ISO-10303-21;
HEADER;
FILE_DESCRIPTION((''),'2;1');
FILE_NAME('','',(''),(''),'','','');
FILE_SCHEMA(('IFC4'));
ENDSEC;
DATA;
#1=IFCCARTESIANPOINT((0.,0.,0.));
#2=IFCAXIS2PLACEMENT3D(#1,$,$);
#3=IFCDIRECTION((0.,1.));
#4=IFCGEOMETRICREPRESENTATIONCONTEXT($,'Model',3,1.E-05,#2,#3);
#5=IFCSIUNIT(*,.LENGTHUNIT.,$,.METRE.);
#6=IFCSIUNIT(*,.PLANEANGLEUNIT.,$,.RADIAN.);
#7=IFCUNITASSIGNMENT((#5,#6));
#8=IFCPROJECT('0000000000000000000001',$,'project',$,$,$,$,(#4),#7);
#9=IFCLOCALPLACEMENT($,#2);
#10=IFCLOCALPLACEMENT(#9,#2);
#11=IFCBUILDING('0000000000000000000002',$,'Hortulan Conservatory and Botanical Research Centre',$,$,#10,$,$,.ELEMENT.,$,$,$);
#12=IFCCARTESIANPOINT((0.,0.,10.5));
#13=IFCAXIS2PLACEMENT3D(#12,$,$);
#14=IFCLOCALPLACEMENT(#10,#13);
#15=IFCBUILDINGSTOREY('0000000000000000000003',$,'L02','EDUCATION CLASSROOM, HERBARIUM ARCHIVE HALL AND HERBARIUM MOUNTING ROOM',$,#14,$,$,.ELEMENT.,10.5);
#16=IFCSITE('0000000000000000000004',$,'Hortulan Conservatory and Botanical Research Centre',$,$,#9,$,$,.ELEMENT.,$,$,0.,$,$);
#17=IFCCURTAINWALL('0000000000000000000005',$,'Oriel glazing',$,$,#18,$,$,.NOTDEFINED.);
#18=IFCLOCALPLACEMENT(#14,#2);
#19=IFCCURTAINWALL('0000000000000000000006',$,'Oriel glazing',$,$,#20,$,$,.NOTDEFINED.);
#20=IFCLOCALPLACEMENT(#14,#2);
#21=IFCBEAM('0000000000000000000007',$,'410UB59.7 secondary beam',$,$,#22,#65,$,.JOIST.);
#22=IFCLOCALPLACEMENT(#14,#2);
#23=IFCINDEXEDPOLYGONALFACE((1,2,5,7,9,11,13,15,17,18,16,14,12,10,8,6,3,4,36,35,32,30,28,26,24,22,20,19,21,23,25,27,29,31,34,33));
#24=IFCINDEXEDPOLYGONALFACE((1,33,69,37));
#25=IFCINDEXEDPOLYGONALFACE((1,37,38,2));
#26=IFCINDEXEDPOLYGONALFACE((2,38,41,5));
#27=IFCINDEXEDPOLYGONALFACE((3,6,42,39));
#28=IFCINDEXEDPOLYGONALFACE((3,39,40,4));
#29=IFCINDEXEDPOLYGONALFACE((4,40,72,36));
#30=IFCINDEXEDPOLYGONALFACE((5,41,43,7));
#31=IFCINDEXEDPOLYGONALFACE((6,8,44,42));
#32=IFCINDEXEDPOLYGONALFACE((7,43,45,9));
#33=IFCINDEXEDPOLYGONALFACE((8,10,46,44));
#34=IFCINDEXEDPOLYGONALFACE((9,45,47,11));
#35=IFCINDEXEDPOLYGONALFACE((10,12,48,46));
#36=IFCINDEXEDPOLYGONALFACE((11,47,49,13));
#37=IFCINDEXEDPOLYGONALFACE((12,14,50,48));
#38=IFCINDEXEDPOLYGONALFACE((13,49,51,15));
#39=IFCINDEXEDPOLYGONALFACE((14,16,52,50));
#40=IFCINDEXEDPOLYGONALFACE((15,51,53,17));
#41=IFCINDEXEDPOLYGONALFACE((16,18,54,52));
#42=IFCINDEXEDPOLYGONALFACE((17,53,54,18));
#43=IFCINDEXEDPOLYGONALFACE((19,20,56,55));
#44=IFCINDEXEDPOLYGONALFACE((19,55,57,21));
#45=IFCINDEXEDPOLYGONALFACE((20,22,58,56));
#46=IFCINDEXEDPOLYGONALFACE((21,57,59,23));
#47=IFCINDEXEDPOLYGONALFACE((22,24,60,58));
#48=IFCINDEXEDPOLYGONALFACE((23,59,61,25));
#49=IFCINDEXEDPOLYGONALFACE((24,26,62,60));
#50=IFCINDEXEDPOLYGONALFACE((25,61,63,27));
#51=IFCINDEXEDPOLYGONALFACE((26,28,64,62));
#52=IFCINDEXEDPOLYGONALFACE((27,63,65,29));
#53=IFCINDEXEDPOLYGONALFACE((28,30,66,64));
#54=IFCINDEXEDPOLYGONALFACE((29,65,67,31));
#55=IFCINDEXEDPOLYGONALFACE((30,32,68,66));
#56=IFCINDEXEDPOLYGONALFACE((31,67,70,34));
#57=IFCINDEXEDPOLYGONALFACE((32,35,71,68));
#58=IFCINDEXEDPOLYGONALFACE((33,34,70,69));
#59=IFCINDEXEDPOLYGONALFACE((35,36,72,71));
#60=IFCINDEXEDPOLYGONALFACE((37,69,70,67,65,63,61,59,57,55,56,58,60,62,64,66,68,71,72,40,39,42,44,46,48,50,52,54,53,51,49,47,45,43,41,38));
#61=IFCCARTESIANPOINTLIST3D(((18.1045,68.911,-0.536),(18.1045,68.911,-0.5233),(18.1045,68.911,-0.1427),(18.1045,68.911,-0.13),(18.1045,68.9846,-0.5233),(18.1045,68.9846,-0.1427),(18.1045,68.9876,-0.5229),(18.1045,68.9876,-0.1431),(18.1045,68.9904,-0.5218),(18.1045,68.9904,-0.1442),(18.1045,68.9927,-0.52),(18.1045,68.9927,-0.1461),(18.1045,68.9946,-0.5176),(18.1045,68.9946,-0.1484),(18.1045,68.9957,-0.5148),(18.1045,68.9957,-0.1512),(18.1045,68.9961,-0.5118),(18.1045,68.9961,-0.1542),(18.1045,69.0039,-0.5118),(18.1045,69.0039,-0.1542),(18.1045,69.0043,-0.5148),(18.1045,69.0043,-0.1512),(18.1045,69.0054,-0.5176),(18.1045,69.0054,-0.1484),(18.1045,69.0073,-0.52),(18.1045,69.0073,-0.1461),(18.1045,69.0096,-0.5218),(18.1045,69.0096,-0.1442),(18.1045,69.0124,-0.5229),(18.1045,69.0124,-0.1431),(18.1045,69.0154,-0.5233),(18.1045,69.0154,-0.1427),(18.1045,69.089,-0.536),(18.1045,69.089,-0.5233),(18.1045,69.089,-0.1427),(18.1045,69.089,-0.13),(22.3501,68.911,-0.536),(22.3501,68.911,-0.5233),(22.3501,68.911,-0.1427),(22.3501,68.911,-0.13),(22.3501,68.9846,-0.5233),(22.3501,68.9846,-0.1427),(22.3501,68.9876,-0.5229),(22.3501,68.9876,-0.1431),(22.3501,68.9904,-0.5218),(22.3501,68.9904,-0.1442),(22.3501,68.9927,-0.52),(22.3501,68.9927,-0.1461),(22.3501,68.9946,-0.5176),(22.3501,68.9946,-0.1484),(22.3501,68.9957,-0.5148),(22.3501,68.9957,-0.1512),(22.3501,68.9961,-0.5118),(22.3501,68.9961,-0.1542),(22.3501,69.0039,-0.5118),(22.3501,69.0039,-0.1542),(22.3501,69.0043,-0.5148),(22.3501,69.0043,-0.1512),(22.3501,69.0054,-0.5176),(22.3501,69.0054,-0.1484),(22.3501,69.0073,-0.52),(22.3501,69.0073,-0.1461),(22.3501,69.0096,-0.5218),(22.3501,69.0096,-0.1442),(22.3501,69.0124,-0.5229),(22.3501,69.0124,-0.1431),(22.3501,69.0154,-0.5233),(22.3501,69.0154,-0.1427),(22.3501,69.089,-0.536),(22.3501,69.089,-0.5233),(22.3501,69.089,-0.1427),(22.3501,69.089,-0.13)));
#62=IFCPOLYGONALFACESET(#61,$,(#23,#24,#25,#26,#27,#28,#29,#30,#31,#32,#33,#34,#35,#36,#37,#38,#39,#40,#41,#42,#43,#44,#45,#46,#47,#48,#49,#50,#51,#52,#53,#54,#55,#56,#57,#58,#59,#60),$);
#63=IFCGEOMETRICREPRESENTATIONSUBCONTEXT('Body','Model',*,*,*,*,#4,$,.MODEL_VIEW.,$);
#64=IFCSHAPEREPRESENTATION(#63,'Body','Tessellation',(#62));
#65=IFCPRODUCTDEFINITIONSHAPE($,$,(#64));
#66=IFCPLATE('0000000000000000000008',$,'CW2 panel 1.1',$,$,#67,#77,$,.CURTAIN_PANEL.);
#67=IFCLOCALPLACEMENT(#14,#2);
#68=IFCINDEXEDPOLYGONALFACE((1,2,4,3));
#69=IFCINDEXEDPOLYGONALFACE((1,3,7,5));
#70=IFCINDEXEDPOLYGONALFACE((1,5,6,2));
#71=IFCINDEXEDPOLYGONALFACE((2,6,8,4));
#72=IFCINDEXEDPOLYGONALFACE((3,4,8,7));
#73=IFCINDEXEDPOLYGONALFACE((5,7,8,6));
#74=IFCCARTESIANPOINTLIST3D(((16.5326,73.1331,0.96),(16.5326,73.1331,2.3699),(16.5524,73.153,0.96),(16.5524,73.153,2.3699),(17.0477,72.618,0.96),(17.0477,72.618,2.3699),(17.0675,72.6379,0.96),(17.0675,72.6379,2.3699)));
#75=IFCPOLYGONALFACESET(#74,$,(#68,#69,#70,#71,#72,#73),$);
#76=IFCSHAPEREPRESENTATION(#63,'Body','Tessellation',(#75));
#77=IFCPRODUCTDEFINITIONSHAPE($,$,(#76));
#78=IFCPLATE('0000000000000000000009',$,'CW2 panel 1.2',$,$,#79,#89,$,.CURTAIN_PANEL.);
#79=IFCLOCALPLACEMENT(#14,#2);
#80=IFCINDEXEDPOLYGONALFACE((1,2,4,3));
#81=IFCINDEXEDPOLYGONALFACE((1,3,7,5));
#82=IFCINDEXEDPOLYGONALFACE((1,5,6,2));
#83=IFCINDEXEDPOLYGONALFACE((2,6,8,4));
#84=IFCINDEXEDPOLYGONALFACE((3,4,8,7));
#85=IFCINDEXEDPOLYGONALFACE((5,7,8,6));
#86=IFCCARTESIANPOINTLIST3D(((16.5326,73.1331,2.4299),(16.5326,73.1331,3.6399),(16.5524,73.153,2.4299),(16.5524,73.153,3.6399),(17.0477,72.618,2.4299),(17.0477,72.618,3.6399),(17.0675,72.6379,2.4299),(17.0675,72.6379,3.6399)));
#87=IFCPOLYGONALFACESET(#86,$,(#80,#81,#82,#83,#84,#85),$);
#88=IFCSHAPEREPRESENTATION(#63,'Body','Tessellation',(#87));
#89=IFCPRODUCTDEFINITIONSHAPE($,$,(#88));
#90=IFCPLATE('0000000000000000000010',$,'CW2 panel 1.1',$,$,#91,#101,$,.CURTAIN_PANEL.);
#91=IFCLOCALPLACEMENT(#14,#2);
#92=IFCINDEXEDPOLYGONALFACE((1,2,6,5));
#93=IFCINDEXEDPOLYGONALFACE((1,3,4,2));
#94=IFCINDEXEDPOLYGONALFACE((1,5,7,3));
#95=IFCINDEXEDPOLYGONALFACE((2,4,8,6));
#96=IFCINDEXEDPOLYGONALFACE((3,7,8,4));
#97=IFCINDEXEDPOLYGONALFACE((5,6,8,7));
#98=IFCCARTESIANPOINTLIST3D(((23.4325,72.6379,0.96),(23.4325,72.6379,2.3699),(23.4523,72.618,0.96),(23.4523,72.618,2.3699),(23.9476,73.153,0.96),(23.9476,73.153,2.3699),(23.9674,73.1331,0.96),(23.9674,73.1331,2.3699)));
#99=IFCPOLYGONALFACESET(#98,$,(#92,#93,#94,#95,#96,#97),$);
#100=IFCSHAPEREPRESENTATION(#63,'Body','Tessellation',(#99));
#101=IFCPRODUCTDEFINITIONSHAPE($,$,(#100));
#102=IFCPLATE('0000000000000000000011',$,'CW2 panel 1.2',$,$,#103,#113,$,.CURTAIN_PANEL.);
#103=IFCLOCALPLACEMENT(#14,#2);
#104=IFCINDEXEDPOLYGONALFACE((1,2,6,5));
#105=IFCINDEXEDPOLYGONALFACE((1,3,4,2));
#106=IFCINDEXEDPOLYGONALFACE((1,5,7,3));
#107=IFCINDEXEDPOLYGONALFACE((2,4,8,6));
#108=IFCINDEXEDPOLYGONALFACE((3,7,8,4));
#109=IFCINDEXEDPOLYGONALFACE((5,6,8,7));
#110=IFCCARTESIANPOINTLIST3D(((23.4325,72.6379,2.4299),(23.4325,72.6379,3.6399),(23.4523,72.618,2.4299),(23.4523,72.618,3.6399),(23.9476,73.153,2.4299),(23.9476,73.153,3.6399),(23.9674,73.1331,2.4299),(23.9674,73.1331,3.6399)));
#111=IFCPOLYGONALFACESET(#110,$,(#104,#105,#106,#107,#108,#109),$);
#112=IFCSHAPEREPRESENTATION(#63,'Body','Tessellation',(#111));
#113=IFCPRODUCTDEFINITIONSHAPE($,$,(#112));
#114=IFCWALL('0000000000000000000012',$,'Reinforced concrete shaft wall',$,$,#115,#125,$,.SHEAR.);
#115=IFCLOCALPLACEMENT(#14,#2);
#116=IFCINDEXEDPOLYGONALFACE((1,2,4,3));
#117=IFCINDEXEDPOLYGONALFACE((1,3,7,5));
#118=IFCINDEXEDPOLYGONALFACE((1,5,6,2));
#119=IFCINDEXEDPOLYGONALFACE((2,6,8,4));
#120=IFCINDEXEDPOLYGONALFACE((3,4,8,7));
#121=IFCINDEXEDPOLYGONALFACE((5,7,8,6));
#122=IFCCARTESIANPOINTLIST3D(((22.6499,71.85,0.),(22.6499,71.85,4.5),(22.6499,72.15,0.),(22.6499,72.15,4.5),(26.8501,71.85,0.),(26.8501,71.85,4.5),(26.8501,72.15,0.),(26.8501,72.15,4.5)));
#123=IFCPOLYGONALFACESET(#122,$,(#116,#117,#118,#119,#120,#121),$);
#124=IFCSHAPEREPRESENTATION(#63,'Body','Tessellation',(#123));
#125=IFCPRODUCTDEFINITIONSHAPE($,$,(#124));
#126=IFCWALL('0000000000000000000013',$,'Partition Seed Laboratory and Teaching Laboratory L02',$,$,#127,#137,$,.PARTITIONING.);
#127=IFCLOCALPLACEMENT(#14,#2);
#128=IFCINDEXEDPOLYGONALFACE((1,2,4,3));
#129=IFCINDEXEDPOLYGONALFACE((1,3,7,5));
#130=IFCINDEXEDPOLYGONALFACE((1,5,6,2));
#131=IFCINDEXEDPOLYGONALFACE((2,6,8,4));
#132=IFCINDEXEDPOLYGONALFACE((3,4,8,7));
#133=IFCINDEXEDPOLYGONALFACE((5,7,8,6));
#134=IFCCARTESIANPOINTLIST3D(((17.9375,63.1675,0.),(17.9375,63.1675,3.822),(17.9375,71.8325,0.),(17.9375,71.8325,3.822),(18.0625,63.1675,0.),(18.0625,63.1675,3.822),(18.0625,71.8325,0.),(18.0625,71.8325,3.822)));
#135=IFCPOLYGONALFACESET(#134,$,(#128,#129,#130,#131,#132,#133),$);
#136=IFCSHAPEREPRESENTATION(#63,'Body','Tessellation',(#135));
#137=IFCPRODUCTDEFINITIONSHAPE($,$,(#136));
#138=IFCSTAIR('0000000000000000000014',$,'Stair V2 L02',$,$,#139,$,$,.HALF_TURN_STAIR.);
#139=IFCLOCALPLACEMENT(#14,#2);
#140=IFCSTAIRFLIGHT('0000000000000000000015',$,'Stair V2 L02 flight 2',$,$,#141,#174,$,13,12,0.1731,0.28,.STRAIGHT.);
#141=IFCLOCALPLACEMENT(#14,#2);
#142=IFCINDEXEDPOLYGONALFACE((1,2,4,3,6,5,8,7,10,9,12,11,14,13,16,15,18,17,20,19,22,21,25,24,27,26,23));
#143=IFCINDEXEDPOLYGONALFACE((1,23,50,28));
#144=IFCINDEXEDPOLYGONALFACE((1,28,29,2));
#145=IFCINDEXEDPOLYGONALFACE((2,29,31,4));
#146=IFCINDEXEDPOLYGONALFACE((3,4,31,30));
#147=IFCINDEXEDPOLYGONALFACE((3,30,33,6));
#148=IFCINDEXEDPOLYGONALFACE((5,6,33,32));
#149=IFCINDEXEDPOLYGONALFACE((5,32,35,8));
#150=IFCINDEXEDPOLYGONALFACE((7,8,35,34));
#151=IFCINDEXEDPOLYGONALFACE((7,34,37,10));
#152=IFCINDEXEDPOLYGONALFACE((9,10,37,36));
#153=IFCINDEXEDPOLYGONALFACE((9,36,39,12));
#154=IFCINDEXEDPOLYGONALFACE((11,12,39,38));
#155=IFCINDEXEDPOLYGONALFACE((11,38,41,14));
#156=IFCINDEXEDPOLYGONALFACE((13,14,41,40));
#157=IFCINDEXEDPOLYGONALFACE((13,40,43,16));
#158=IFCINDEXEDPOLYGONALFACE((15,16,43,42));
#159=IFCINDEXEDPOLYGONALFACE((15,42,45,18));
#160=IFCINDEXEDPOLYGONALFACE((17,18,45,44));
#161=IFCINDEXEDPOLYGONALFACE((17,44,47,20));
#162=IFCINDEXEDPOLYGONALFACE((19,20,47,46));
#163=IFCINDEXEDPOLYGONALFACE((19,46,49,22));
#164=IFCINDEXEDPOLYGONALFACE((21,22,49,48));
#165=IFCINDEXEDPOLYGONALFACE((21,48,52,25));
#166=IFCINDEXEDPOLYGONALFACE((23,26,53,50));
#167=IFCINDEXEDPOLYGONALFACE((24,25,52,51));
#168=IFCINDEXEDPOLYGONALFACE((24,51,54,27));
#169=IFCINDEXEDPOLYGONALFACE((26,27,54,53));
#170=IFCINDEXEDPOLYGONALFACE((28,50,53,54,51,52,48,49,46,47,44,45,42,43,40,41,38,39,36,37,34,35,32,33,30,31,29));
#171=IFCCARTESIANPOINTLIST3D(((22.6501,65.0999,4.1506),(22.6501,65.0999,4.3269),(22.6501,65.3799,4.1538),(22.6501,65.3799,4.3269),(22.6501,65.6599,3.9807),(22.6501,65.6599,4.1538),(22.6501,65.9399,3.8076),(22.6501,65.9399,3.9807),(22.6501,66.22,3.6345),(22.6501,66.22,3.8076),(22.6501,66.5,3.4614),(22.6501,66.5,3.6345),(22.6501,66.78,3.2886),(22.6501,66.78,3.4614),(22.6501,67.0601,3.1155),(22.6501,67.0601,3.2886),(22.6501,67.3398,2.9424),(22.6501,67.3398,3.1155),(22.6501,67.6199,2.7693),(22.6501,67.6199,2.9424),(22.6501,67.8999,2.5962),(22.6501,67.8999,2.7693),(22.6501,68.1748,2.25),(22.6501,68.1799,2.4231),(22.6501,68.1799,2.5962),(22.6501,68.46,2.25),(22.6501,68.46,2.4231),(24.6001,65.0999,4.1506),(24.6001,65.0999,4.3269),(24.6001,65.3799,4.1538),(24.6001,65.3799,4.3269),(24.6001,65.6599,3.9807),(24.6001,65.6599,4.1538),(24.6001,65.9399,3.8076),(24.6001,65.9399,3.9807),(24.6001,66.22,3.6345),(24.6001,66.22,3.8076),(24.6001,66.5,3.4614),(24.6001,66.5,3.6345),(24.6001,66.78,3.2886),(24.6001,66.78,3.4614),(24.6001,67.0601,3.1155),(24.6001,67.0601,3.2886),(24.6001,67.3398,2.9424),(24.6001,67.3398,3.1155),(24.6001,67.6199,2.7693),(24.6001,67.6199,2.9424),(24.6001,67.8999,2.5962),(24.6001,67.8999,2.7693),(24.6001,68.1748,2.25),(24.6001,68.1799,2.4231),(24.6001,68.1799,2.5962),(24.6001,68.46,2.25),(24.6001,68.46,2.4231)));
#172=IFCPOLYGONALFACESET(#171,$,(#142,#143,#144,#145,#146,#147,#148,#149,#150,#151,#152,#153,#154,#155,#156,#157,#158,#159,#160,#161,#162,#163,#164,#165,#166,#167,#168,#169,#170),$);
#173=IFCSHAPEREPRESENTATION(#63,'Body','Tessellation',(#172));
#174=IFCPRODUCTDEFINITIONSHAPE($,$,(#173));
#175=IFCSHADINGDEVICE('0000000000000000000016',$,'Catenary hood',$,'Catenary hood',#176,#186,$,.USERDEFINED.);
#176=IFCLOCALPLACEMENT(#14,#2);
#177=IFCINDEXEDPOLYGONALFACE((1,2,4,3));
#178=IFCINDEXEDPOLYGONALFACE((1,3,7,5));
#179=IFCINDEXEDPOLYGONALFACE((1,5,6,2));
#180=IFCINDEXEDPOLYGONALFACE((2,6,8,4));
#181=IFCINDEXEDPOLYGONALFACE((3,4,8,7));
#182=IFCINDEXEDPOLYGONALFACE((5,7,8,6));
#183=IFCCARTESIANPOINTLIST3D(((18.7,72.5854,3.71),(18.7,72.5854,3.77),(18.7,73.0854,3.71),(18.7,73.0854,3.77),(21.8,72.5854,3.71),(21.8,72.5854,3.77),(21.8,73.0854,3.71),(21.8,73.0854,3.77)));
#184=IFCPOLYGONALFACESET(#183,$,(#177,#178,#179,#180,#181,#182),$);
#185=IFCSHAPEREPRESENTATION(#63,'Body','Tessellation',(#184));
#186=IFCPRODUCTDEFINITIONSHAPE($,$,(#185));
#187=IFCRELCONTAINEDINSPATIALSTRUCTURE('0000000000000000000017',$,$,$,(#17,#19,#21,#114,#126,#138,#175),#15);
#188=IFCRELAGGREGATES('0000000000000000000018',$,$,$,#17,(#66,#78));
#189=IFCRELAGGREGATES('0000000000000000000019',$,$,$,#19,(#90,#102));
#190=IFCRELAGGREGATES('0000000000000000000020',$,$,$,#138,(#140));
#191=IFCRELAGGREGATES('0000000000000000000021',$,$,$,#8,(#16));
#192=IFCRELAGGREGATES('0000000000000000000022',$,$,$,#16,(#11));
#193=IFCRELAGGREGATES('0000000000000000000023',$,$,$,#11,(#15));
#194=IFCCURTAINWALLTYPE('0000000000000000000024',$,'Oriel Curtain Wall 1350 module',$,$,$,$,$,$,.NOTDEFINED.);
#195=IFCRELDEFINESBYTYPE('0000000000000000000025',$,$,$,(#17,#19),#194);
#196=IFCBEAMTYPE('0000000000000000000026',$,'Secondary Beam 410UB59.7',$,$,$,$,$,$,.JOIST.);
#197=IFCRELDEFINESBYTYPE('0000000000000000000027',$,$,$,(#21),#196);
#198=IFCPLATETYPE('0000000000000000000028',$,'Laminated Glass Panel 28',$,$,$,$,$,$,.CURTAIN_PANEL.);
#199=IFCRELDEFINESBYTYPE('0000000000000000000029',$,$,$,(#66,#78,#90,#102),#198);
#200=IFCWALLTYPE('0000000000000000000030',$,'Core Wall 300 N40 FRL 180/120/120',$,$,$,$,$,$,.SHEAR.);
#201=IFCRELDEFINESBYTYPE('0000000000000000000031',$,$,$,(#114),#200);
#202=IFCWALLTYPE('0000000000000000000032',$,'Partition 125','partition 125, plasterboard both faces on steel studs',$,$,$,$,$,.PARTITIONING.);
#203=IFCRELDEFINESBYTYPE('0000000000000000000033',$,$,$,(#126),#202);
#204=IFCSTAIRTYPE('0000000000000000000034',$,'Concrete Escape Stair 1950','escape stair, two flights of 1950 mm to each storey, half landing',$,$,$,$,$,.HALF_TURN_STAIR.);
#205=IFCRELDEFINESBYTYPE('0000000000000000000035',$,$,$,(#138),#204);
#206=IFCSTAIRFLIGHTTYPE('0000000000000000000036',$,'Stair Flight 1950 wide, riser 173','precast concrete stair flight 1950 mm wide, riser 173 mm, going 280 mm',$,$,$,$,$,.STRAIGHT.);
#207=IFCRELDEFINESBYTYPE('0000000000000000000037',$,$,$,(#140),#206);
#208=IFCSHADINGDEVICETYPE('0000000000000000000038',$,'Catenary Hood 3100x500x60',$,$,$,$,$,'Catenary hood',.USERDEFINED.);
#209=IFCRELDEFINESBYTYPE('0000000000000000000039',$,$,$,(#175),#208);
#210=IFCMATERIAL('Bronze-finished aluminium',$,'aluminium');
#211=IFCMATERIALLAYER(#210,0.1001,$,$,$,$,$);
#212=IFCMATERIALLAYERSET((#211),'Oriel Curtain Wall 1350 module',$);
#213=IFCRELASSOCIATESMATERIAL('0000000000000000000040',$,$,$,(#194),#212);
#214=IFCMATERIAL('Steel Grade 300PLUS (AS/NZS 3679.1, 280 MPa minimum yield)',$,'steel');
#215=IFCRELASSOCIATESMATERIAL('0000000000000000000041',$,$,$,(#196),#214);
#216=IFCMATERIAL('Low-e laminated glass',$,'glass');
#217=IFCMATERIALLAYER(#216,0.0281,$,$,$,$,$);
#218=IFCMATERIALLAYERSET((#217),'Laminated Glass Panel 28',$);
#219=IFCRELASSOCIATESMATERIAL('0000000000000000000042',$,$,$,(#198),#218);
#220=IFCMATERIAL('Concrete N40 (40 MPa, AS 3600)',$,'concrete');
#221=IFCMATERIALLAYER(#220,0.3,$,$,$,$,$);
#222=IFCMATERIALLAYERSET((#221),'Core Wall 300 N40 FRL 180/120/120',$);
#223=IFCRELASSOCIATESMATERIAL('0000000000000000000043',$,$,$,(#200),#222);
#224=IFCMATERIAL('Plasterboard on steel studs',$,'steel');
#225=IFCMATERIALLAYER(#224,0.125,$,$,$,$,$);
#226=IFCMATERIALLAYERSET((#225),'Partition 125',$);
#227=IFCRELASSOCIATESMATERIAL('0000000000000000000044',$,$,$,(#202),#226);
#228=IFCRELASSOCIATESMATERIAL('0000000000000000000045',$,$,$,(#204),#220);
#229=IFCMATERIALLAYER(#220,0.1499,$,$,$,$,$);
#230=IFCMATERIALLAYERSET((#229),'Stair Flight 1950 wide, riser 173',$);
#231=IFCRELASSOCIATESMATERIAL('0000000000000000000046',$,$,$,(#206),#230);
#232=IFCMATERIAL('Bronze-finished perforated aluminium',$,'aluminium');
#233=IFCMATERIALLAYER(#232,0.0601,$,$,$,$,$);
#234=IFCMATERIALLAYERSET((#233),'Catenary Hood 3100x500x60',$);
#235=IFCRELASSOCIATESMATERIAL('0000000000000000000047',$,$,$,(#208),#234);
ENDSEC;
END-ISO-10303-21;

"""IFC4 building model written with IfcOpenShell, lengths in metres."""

from ifc_helpers import new_model, si_unit, direction, frame, frame_2d, origin, origin_2d, place, context, subcontext, project, spatial, polyline, rectangle, i_section, outline, extrude, material, layer, layer_set, material_profile, profile_set, type_object, element, aggregate, save


model = new_model("IFC4")

# Units and contexts
model_context = context("Model", 3, precision=1e-05, world=origin(), true_north=direction((0.0, 1.0)))
body_context = subcontext(model_context, "Body", "Model", "MODEL_VIEW")
ifc_project = project(units=[si_unit("LENGTHUNIT", "METRE"), si_unit("PLANEANGLEUNIT", "RADIAN")], contexts=[model_context])

# Site, building, storey
site_placement = place(None, origin())
site = spatial("IfcSite", under=ifc_project, at=site_placement, Name="Hortulan Conservatory and Botanical Research Centre", CompositionType="ELEMENT", RefElevation=0.0)
building_placement = place(site_placement, origin())
building = spatial("IfcBuilding", under=site, at=building_placement, Name="Hortulan Conservatory and Botanical Research Centre", CompositionType="ELEMENT")
storey_placement = place(building_placement, frame((0.0, 0.0, 10.5)))
storey = spatial("IfcBuildingStorey", under=building, at=storey_placement, Name="L02", Description="EDUCATION CLASSROOM, HERBARIUM ARCHIVE HALL AND HERBARIUM MOUNTING ROOM", CompositionType="ELEMENT", Elevation=10.5)

# Shared definitions
ifc_material_1 = material(Name="Steel Grade 300PLUS (AS/NZS 3679.1, 280 MPa minimum yield)", Category="steel")

# Curtain walls
ifc_material_2 = material(Name="Bronze-finished aluminium", Category="aluminium")
ifc_layer_1 = layer(ifc_material_2, 0.1001)
ifc_layer_set_1 = layer_set([ifc_layer_1], Name="Oriel Curtain Wall 1350 module")
curtain_wall_type = type_object("IfcCurtainWallType", Name="Oriel Curtain Wall 1350 module", PredefinedType="NOTDEFINED", material=ifc_layer_set_1)
curtain_wall_1_placement = place(storey_placement, origin())
curtain_wall_1 = element("IfcCurtainWall", 1, at=curtain_wall_1_placement, inside=storey, type_object=curtain_wall_type, Name="Oriel glazing", PredefinedType="NOTDEFINED")
curtain_wall_2_placement = place(storey_placement, origin())
curtain_wall_2 = element("IfcCurtainWall", 2, at=curtain_wall_2_placement, inside=storey, type_object=curtain_wall_type, Name="Oriel glazing", PredefinedType="NOTDEFINED")

# Beam
ifc_material_profile_1 = material_profile(ifc_material_1, i_section(OverallWidth=0.178, OverallDepth=0.406, WebThickness=0.0078, FlangeThickness=0.0127, FilletRadius=0.0115, at=origin_2d()), Name="410UB59.7")
ifc_profile_set_1 = profile_set([ifc_material_profile_1], Name="Steel Grade 300PLUS (AS/NZS 3679.1, 280 MPa minimum yield)")
beam_type_1 = type_object("IfcBeamType", Name="Secondary Beam 410UB59.7", PredefinedType="JOIST", material=ifc_profile_set_1)
for number, where, z_axis, x_axis, name in (
    (3, (18.1045, 69.0, -0.333), (1.0, 0.0, 0.0), (0.0, 1.0, 0.0), "410UB59.7 secondary beam"),
):
    element("IfcBeam", number, at=place(storey_placement, frame(where, z_axis=z_axis, x_axis=x_axis)), inside=storey, type_object=beam_type_1, Name=name, PredefinedType="JOIST", context=body_context, shape_type="SweptSolid", body=[
        extrude(i_section(OverallWidth=0.178, OverallDepth=0.406, WebThickness=0.0078, FlangeThickness=0.0127, FilletRadius=0.0115, at=origin_2d()), origin(), (0.0, 0.0, 1.0), 4.2456),
    ])

# Plates
ifc_material_3 = material(Name="Low-e laminated glass", Category="glass")
ifc_layer_2 = layer(ifc_material_3, 0.0281)
ifc_layer_set_2 = layer_set([ifc_layer_2], Name="Laminated Glass Panel 28")
plate_type = type_object("IfcPlateType", Name="Laminated Glass Panel 28", PredefinedType="CURTAIN_PANEL", material=ifc_layer_set_2)
plate_1_placement = place(storey_placement, frame((16.8, 72.8855, 0.96), z_axis=(0.0, 0.0, 1.0), x_axis=(0.707107, -0.707107, 0.0)))
plate_1 = element("IfcPlate", 4, at=plate_1_placement, type_object=plate_type, Name="CW2 panel 1.1", PredefinedType="CURTAIN_PANEL", context=body_context, shape_type="SweptSolid", body=[
    extrude(rectangle(XDim=0.7285, YDim=0.0281, at=origin_2d()), origin(), (0.0, 0.0, 1.0), 1.4099),
])
plate_2_placement = place(storey_placement, frame((16.8, 72.8855, 2.4299), z_axis=(0.0, 0.0, 1.0), x_axis=(0.707107, -0.707107, 0.0)))
plate_2 = element("IfcPlate", 5, at=plate_2_placement, type_object=plate_type, Name="CW2 panel 1.2", PredefinedType="CURTAIN_PANEL", context=body_context, shape_type="SweptSolid", body=[
    extrude(rectangle(XDim=0.7285, YDim=0.0281, at=origin_2d()), origin(), (0.0, 0.0, 1.0), 1.21),
])
aggregate(curtain_wall_1, [plate_1, plate_2])
plate_3_placement = place(storey_placement, frame((23.7, 72.8855, 0.96), z_axis=(0.0, 0.0, 1.0), x_axis=(0.707107, 0.707107, 0.0)))
plate_3 = element("IfcPlate", 6, at=plate_3_placement, type_object=plate_type, Name="CW2 panel 1.1", PredefinedType="CURTAIN_PANEL", context=body_context, shape_type="SweptSolid", body=[
    extrude(rectangle(XDim=0.7285, YDim=0.0281, at=origin_2d()), origin(), (0.0, 0.0, 1.0), 1.4099),
])
plate_4_placement = place(storey_placement, frame((23.7, 72.8855, 2.4299), z_axis=(0.0, 0.0, 1.0), x_axis=(0.707107, 0.707107, 0.0)))
plate_4 = element("IfcPlate", 7, at=plate_4_placement, type_object=plate_type, Name="CW2 panel 1.2", PredefinedType="CURTAIN_PANEL", context=body_context, shape_type="SweptSolid", body=[
    extrude(rectangle(XDim=0.7285, YDim=0.0281, at=origin_2d()), origin(), (0.0, 0.0, 1.0), 1.21),
])
aggregate(curtain_wall_2, [plate_3, plate_4])

# Walls
ifc_material_4 = material(Name="Concrete N40 (40 MPa, AS 3600)", Category="concrete")
ifc_layer_3 = layer(ifc_material_4, 0.3)
ifc_layer_set_3 = layer_set([ifc_layer_3], Name="Core Wall 300 N40 FRL 180/120/120")
wall_type_1 = type_object("IfcWallType", Name="Core Wall 300 N40 FRL 180/120/120", PredefinedType="SHEAR", material=ifc_layer_set_3)
wall_1_placement = place(storey_placement, frame((22.6499, 72.0, 0.0), z_axis=(0.0, 0.0, 1.0), x_axis=(1.0, 0.0, 0.0)))
element("IfcWall", 8, at=wall_1_placement, inside=storey, type_object=wall_type_1, Name="Reinforced concrete shaft wall", PredefinedType="SHEAR", context=body_context, shape_type="SweptSolid", body=[
    extrude(rectangle(XDim=4.2002, YDim=0.3, at=frame_2d((2.1001, 0.0))), origin(), (0.0, 0.0, 1.0), 4.5),
])
ifc_material_5 = material(Name="Plasterboard on steel studs", Category="steel")
ifc_layer_4 = layer(ifc_material_5, 0.125)
ifc_layer_set_4 = layer_set([ifc_layer_4], Name="Partition 125")
wall_type_2 = type_object("IfcWallType", Name="Partition 125", Description="partition 125, plasterboard both faces on steel studs", PredefinedType="PARTITIONING", material=ifc_layer_set_4)
wall_2_placement = place(storey_placement, frame((18.0, 63.1675, 0.0), z_axis=(0.0, 0.0, 1.0), x_axis=(0.0, 1.0, 0.0)))
element("IfcWall", 9, at=wall_2_placement, inside=storey, type_object=wall_type_2, Name="Partition Seed Laboratory and Teaching Laboratory L02", PredefinedType="PARTITIONING", context=body_context, shape_type="SweptSolid", body=[
    extrude(rectangle(XDim=8.665, YDim=0.125, at=frame_2d((4.3325, 0.0))), origin(), (0.0, 0.0, 1.0), 3.822),
])

# Stair, stair flight
stair_type = type_object("IfcStairType", Name="Concrete Escape Stair 1950", Description="escape stair, two flights of 1950 mm to each storey, half landing", PredefinedType="HALF_TURN_STAIR", material=ifc_material_4)
stair_placement = place(storey_placement, origin())
stair = element("IfcStair", 10, at=stair_placement, inside=storey, type_object=stair_type, Name="Stair V2 L02", PredefinedType="HALF_TURN_STAIR")
ifc_layer_5 = layer(ifc_material_4, 0.1499)
ifc_layer_set_5 = layer_set([ifc_layer_5], Name="Stair Flight 1950 wide, riser 173")
stair_flight_type = type_object("IfcStairFlightType", Name="Stair Flight 1950 wide, riser 173", Description="precast concrete stair flight 1950 mm wide, riser 173 mm, going 280 mm", PredefinedType="STRAIGHT", material=ifc_layer_set_5)
stair_flight_placement = place(storey_placement, frame((23.625, 68.46, 2.25), z_axis=(0.0, 0.0, 1.0), x_axis=(0.0, -1.0, 0.0)))
stair_flight = element("IfcStairFlight", 11, at=stair_flight_placement, type_object=stair_flight_type, Name="Stair V2 L02 flight 2", NumberOfRisers=13, NumberOfTreads=12, PredefinedType="STRAIGHT", RiserHeight=0.1731, TreadLength=0.28, context=body_context, shape_type="SweptSolid", body=[
    extrude(outline(polyline([(0.0, 0.0), (0.0, 0.1731), (0.28, 0.1731), (0.28, 0.3462), (0.5601, 0.3462), (0.5601, 0.5193), (0.8401, 0.5193), (0.8401, 0.6924), (1.1201, 0.6924), (1.1201, 0.8655), (1.3999, 0.8655), (1.3999, 1.0386), (1.6799, 1.0386), (1.6799, 1.2114), (1.96, 1.2114), (1.96, 1.3845), (2.24, 1.3845), (2.24, 1.5576), (2.52, 1.5576), (2.52, 1.7307), (2.8, 1.7307), (2.8, 1.9038), (3.0801, 1.9038), (3.0801, 2.0769), (3.3601, 2.0769), (3.3601, 2.25), (3.3601, 1.9006), (0.2852, 0.0), (0.0, 0.0)])), frame((0.0, 0.9751, 0.0), z_axis=(0.0, -1.0, 0.0), x_axis=(1.0, 0.0, 0.0)), (0.0, 0.0, 1.0), 1.95),
])
aggregate(stair, [stair_flight])

# Shading device
ifc_material_6 = material(Name="Bronze-finished perforated aluminium", Category="aluminium")
ifc_layer_6 = layer(ifc_material_6, 0.0601)
ifc_layer_set_6 = layer_set([ifc_layer_6], Name="Catenary Hood 3100x500x60")
shading_device_type = type_object("IfcShadingDeviceType", Name="Catenary Hood 3100x500x60", ElementType="Catenary hood", PredefinedType="USERDEFINED", material=ifc_layer_set_6)
shading_device_placement = place(storey_placement, frame((20.25, 72.8354, 3.71), z_axis=(0.0, 0.0, 1.0), x_axis=(1.0, 0.0, 0.0)))
element("IfcShadingDevice", 12, at=shading_device_placement, inside=storey, type_object=shading_device_type, Name="Catenary hood", ObjectType="Catenary hood", PredefinedType="USERDEFINED", context=body_context, shape_type="SweptSolid", body=[
    extrude(rectangle(XDim=3.1001, YDim=0.5, at=origin_2d()), origin(), (0.0, 0.0, 1.0), 0.0601),
])

save(model, "model.ifc")
